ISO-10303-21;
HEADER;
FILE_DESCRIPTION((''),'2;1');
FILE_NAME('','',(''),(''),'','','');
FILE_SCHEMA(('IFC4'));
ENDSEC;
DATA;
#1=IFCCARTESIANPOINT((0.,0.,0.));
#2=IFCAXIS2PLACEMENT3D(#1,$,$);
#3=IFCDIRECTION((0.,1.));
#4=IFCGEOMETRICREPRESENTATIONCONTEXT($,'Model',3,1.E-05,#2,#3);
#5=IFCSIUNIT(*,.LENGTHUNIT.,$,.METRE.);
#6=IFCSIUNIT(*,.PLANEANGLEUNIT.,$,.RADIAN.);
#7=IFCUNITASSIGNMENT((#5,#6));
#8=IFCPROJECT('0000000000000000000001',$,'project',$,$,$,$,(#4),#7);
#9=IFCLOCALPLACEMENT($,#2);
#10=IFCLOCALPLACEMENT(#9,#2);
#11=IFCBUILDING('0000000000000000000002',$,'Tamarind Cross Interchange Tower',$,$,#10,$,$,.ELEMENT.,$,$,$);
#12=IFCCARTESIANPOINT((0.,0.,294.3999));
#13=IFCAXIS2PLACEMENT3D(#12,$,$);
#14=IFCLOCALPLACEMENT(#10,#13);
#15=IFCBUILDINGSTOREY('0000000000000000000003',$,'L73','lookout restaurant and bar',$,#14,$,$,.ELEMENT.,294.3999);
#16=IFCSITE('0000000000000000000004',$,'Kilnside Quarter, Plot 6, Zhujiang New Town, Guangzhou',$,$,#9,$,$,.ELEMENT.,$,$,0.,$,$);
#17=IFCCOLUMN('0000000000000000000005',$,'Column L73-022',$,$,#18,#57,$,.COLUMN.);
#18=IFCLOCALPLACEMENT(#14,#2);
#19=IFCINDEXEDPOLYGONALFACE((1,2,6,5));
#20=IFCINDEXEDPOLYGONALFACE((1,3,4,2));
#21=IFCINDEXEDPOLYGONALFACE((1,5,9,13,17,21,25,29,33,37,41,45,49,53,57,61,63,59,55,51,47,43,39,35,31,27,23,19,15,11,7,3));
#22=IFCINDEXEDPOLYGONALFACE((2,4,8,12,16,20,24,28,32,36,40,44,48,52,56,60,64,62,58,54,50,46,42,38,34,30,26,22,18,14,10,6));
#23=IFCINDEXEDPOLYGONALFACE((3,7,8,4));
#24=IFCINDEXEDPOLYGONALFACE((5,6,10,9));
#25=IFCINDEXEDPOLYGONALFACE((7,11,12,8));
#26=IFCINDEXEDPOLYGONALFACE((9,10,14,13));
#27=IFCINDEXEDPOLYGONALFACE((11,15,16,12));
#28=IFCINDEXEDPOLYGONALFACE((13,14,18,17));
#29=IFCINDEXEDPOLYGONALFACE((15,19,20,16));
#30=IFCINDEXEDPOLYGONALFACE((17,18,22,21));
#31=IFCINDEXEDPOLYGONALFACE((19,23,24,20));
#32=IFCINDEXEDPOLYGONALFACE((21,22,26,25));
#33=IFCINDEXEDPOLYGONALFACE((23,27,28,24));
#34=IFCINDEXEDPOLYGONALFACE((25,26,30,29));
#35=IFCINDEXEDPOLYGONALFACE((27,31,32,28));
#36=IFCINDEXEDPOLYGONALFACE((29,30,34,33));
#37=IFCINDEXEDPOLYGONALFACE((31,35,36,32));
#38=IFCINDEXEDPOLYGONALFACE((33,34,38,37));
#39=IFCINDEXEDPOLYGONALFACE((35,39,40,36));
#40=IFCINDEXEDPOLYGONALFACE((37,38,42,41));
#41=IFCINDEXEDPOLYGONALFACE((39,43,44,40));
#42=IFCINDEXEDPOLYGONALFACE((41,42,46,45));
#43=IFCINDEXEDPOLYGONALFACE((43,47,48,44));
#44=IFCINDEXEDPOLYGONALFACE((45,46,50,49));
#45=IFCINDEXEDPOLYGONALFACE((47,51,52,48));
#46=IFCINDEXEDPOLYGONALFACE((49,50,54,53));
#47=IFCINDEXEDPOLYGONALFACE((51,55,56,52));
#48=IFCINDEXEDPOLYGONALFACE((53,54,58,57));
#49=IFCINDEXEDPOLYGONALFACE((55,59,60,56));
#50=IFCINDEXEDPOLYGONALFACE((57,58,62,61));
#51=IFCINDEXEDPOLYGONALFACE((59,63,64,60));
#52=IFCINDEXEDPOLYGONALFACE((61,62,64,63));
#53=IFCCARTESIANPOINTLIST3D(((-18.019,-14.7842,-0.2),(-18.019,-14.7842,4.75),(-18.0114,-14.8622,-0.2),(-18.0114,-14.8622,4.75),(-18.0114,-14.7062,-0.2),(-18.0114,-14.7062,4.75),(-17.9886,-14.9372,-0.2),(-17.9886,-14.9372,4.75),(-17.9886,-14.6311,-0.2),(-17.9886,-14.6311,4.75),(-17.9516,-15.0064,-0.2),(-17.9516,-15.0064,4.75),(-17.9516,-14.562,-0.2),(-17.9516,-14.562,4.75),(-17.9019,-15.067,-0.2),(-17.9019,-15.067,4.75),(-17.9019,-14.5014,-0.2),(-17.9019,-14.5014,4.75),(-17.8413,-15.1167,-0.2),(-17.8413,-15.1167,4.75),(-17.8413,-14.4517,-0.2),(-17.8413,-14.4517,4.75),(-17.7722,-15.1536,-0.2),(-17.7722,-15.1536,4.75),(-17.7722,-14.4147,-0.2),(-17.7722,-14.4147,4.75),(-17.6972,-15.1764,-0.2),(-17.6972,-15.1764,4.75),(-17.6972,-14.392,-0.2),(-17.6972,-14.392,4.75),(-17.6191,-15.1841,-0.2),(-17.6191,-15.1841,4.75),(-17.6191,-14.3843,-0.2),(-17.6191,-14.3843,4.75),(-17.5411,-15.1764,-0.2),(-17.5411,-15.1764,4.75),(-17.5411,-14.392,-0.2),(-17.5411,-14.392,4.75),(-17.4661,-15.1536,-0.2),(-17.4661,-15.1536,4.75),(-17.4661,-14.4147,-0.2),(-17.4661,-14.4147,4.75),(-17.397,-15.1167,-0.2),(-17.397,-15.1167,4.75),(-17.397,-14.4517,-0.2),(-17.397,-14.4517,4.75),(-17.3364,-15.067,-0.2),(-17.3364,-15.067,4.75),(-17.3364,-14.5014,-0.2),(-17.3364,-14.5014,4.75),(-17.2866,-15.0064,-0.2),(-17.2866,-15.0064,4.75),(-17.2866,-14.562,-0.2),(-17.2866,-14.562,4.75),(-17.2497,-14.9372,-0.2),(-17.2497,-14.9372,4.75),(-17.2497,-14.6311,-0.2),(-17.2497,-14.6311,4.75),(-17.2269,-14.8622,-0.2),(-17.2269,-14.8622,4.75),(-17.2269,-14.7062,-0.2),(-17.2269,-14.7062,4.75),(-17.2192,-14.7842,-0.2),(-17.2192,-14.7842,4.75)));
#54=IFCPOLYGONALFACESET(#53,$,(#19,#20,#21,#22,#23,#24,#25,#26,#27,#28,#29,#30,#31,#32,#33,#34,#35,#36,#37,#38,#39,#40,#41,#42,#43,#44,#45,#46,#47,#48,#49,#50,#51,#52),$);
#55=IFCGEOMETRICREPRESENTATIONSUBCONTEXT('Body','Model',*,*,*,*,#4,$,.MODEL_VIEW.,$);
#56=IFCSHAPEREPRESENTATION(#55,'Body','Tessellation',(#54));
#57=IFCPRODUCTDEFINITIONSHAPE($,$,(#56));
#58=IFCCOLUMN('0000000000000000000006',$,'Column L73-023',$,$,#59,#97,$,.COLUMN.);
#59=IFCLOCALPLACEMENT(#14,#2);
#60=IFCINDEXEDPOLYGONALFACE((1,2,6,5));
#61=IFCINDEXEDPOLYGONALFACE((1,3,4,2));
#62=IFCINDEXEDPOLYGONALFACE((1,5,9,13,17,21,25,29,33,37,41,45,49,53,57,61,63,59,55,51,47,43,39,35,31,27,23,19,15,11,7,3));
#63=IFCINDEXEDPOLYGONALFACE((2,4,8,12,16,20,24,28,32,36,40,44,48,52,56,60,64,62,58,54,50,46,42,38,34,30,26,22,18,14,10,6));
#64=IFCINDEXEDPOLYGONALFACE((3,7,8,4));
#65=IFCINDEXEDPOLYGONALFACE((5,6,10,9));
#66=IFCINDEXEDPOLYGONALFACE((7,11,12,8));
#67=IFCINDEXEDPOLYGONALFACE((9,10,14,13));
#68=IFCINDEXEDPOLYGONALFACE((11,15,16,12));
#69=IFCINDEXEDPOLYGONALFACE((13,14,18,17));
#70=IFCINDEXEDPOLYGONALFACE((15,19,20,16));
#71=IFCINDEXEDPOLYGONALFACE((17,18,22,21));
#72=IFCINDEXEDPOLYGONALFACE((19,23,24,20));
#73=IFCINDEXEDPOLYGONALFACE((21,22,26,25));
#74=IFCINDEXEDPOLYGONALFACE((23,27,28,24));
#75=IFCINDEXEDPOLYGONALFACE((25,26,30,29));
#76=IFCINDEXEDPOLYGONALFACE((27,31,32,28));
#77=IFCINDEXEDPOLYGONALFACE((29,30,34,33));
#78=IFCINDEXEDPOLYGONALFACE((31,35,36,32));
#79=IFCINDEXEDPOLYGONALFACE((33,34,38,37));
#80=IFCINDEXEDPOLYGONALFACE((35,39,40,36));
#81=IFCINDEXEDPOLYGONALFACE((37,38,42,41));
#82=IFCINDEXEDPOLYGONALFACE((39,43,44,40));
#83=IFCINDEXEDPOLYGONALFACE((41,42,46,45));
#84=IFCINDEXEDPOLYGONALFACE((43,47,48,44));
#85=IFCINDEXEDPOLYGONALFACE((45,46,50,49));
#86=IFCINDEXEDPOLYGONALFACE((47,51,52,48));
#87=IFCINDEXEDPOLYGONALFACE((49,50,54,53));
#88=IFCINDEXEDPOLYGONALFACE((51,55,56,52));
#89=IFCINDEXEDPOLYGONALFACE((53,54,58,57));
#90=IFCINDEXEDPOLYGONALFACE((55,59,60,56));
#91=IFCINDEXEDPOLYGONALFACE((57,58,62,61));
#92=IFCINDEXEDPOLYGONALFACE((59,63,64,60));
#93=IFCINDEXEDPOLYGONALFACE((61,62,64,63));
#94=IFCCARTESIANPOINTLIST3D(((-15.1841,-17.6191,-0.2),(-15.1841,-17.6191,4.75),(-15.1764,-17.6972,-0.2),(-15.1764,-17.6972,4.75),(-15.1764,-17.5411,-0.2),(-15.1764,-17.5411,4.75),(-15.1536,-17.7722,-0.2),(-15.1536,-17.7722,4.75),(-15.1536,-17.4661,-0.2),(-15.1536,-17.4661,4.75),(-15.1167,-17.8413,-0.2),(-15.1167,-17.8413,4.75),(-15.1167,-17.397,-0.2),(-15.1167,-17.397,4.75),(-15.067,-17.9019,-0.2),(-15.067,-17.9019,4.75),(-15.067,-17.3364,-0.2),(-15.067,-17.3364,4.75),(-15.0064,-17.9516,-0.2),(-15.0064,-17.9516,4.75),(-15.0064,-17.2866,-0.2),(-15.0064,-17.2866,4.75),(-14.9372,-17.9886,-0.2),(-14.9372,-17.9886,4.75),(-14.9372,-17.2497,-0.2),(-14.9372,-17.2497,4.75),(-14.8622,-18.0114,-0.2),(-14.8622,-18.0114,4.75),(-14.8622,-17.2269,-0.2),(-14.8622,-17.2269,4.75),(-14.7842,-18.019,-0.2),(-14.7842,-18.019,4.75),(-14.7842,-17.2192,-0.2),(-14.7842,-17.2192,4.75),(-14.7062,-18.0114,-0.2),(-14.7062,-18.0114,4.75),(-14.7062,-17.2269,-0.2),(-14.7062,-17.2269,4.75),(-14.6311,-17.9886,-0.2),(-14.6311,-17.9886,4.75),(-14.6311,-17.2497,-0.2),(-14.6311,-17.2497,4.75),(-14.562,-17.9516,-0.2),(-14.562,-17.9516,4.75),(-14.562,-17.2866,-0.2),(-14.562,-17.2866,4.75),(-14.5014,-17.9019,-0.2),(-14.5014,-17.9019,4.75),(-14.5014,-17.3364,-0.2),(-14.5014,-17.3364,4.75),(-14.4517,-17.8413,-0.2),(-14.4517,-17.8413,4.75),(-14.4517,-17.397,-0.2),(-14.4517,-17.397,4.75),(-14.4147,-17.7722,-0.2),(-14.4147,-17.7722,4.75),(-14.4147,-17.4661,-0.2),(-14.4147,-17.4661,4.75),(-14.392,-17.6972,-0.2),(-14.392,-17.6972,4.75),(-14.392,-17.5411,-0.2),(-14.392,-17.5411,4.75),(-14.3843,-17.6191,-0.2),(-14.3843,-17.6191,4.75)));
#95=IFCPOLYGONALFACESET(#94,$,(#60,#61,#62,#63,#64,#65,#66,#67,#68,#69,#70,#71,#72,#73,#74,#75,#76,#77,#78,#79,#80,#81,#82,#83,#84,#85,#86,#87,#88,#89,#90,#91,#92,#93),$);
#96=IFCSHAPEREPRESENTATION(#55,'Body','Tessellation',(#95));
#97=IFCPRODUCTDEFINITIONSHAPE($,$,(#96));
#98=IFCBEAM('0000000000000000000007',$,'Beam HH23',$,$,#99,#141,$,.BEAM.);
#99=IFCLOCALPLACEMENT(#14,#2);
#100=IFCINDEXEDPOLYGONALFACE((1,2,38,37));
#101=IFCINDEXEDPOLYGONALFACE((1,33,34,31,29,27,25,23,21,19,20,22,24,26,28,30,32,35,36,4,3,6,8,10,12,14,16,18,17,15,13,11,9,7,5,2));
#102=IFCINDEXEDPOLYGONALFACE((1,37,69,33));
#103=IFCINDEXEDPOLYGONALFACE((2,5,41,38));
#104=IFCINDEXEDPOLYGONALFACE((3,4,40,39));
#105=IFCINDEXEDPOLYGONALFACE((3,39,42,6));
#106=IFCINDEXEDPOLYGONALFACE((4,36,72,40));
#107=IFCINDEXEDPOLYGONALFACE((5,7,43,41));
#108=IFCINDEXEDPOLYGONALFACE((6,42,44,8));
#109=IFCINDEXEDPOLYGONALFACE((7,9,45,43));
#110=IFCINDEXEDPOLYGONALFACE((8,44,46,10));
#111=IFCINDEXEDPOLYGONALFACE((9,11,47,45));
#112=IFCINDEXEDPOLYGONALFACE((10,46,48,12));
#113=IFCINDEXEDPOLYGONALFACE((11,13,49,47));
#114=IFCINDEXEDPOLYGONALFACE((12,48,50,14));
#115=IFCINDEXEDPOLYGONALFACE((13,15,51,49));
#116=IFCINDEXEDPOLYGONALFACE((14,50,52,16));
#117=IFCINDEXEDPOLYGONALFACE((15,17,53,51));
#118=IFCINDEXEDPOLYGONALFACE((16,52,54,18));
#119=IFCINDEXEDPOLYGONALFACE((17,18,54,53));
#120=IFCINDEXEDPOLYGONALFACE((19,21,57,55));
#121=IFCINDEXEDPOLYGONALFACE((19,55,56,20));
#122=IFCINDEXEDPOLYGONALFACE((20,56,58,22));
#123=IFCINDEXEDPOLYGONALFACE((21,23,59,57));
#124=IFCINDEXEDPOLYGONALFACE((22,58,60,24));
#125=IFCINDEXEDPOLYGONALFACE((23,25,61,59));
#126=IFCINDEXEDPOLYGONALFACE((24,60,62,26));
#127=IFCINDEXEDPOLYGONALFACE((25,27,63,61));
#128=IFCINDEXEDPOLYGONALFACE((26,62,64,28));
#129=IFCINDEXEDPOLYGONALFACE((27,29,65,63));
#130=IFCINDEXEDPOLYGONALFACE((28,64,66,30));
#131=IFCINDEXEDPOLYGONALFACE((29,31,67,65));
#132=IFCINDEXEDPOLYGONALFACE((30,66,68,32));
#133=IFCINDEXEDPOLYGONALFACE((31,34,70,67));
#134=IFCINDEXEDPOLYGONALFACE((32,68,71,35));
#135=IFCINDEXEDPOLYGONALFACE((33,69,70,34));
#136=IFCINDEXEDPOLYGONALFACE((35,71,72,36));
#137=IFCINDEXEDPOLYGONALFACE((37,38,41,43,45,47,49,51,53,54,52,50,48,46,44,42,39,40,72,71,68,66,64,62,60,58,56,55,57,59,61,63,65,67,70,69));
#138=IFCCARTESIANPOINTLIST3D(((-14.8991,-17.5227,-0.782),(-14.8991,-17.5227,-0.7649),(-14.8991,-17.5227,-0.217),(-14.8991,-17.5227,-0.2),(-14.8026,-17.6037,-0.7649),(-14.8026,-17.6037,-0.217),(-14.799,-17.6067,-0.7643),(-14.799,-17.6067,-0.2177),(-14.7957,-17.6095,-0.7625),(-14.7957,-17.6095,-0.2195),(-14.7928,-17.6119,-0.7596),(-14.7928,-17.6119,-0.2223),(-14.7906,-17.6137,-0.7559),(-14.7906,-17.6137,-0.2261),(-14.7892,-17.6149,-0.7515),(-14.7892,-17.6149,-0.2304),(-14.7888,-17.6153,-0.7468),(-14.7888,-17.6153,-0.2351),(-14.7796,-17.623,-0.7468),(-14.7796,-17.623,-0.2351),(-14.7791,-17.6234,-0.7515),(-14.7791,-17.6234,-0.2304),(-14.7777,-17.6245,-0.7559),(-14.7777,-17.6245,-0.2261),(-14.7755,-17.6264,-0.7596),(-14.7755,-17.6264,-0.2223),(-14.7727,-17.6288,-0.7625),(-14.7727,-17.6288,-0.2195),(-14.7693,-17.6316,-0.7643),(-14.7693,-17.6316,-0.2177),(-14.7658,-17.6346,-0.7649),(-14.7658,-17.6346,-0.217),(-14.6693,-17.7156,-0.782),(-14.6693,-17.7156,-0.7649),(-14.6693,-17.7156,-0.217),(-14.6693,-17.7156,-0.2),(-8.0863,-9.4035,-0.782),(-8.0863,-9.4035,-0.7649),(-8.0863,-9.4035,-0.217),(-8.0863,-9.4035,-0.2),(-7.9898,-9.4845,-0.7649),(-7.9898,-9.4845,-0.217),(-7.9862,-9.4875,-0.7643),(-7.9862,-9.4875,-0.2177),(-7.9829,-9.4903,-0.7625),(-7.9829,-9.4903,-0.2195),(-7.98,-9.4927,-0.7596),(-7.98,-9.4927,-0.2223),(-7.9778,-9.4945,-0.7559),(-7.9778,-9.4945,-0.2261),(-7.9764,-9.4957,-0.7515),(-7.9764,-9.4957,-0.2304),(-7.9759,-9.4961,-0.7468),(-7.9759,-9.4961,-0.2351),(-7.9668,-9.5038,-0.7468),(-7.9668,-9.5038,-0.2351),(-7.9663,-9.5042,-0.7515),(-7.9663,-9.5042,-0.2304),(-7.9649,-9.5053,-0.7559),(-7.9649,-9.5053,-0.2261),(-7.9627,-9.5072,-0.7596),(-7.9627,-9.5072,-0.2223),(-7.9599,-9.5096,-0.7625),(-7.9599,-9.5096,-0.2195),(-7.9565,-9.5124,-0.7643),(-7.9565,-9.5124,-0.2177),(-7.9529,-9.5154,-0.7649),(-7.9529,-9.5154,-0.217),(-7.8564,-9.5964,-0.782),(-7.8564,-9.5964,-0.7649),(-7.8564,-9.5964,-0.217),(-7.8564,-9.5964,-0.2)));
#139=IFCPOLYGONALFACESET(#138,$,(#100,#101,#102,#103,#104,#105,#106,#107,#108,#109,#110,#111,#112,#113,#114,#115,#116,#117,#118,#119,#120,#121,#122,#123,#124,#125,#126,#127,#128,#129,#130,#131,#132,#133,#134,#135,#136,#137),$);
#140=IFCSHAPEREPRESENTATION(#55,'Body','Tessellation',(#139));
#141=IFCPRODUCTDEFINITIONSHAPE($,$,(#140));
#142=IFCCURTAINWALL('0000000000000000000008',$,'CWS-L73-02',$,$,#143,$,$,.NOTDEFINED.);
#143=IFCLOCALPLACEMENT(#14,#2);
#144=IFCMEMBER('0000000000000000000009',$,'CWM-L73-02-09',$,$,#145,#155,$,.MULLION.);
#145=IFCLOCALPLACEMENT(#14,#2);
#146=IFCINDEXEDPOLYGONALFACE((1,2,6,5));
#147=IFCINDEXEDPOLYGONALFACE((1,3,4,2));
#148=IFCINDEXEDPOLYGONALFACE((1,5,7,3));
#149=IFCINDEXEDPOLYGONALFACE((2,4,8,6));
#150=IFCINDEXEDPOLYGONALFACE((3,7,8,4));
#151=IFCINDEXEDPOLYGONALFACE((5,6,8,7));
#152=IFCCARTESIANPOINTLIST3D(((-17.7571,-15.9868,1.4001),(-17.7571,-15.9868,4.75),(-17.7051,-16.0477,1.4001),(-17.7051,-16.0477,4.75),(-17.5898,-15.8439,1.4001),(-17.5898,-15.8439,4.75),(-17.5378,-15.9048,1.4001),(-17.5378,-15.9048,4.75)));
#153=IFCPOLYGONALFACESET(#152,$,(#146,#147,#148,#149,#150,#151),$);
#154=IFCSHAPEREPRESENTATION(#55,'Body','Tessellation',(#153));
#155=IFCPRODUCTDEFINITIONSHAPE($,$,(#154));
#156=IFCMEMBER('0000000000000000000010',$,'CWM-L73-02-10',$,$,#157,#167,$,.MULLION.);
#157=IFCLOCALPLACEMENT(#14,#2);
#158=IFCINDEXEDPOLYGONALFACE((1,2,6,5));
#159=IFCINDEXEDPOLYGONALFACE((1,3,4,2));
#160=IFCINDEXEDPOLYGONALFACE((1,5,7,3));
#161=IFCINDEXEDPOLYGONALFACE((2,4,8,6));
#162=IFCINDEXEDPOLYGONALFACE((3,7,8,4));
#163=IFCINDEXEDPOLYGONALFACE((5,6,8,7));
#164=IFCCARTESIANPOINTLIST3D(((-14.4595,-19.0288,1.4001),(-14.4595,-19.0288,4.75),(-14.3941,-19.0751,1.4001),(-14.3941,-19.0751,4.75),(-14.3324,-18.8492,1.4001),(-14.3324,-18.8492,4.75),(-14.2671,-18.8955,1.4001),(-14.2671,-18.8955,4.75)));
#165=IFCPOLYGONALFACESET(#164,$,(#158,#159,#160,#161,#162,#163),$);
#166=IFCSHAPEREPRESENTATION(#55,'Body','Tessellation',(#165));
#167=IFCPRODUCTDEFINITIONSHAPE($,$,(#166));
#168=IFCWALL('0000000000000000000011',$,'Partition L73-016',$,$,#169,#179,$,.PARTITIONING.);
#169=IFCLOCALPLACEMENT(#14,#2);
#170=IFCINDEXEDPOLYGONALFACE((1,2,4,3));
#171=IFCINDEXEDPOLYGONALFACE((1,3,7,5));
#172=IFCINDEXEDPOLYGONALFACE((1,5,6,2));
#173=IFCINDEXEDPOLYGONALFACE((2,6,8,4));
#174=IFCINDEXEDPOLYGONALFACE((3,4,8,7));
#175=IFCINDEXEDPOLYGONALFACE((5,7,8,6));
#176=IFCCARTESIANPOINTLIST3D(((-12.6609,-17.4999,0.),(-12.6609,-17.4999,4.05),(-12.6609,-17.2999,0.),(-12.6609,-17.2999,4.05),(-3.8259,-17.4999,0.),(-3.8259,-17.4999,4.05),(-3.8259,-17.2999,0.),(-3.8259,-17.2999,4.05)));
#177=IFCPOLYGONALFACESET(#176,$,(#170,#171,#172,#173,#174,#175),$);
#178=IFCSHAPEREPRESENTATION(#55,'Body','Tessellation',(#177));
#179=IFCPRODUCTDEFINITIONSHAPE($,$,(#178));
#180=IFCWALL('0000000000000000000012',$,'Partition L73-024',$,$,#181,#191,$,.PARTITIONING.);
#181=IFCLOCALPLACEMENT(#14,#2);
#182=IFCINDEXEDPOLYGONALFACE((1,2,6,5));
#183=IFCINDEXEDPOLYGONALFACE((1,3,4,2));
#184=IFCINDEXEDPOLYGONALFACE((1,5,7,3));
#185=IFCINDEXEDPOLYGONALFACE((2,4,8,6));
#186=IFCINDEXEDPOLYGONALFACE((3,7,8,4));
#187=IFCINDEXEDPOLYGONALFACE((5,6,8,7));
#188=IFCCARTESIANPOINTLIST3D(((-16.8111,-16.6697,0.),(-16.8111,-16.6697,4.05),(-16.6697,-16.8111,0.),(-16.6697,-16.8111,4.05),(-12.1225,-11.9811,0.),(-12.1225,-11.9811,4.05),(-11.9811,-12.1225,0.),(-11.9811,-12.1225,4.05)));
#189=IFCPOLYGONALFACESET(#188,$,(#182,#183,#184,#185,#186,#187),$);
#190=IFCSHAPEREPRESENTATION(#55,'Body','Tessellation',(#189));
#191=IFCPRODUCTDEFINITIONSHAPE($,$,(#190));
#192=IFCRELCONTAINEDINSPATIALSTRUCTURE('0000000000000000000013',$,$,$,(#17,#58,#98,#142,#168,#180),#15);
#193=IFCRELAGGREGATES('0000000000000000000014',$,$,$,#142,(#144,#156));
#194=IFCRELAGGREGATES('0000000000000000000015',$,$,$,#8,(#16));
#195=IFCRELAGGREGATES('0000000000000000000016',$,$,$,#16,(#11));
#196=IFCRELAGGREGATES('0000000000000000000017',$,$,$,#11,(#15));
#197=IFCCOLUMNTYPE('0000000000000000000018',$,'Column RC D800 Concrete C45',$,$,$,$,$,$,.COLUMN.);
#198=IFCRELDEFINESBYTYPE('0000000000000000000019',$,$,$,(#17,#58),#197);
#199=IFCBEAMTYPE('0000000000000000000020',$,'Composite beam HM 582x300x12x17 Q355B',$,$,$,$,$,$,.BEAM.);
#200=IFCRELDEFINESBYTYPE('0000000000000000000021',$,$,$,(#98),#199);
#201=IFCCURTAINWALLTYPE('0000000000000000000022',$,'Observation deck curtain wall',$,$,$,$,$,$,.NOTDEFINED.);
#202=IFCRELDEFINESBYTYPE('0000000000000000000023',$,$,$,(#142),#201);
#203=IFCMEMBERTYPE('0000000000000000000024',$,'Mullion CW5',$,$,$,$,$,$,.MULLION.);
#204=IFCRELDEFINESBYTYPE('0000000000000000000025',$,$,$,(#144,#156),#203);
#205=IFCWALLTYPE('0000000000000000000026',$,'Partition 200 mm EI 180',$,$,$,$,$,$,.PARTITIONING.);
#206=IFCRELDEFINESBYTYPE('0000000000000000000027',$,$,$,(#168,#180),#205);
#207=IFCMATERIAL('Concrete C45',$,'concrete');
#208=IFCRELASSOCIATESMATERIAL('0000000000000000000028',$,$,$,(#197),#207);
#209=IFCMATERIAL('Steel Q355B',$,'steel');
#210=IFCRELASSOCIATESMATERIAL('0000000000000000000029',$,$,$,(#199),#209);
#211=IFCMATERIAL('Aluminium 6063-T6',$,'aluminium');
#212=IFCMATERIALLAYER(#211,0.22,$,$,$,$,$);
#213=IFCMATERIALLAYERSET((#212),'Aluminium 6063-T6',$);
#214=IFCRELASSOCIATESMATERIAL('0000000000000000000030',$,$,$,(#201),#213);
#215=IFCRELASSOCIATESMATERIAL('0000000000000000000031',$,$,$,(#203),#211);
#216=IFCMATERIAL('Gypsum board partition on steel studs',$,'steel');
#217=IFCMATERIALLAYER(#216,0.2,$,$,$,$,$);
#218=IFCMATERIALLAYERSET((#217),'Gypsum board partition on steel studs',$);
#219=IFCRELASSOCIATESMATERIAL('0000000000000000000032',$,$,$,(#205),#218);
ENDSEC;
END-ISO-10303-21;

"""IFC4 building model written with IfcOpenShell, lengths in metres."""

from ifc_helpers import new_model, si_unit, direction, frame, frame_2d, origin, origin_2d, place, context, subcontext, project, spatial, rectangle, circle, i_section, extrude, material, layer, layer_set, material_profile, profile_set, type_object, element, aggregate, save


model = new_model("IFC4")

# Units and contexts
model_context = context("Model", 3, precision=1e-05, world=origin(), true_north=direction((0.0, 1.0)))
body_context = subcontext(model_context, "Body", "Model", "MODEL_VIEW")
ifc_project = project(units=[si_unit("LENGTHUNIT", "METRE"), si_unit("PLANEANGLEUNIT", "RADIAN")], contexts=[model_context])

# Site, building, storey
site_placement = place(None, origin())
site = spatial("IfcSite", under=ifc_project, at=site_placement, Name="Kilnside Quarter, Plot 6, Zhujiang New Town, Guangzhou", CompositionType="ELEMENT", RefElevation=0.0)
building_placement = place(site_placement, origin())
building = spatial("IfcBuilding", under=site, at=building_placement, Name="Tamarind Cross Interchange Tower", CompositionType="ELEMENT")
storey_placement = place(building_placement, frame((0.0, 0.0, 294.3999)))
storey = spatial("IfcBuildingStorey", under=building, at=storey_placement, Name="L73", Description="lookout restaurant and bar", CompositionType="ELEMENT", Elevation=294.3999)

# Columns
ifc_material_1 = material(Name="Concrete C45", Category="concrete")
ifc_material_profile_1 = material_profile(ifc_material_1, circle(Radius=0.3999, at=origin_2d()), Name="RC D800")
ifc_profile_set_1 = profile_set([ifc_material_profile_1], Name="Concrete C45")
column_type = type_object("IfcColumnType", Name="Column RC D800 Concrete C45", PredefinedType="COLUMN", material=ifc_profile_set_1)
for number, where, z_axis, x_axis, name in (
    (1, (-17.6191, -14.7842, -0.2), (0.0, 0.0, 1.0), (1.0, 0.0, 0.0), "Column L73-022"),
    (2, (-14.7842, -17.6191, -0.2), (0.0, 0.0, 1.0), (1.0, 0.0, 0.0), "Column L73-023"),
):
    element("IfcColumn", number, at=place(storey_placement, frame(where, z_axis=z_axis, x_axis=x_axis)), inside=storey, type_object=column_type, Name=name, PredefinedType="COLUMN", context=body_context, shape_type="SweptSolid", body=[
        extrude(circle(Radius=0.3999, at=origin_2d()), origin(), (0.0, 0.0, 1.0), 4.95),
    ])

# Beam
ifc_material_2 = material(Name="Steel Q355B", Category="steel")
ifc_material_profile_2 = material_profile(ifc_material_2, i_section(OverallWidth=0.3, OverallDepth=0.582, WebThickness=0.012, FlangeThickness=0.0171, FilletRadius=0.0181, at=origin_2d()), Name="HM 582x300x12x17")
ifc_profile_set_2 = profile_set([ifc_material_profile_2], Name="Steel Q355B")
beam_type = type_object("IfcBeamType", Name="Composite beam HM 582x300x12x17 Q355B", PredefinedType="BEAM", material=ifc_profile_set_2)
beam_placement = place(storey_placement, frame((-14.7842, -17.6191, -0.491), z_axis=(0.642786, 0.766046, 0.0), x_axis=(-0.766046, 0.642786, 0.0)))
element("IfcBeam", 3, at=beam_placement, inside=storey, type_object=beam_type, Name="Beam HH23", PredefinedType="BEAM", context=body_context, shape_type="SweptSolid", body=[
    extrude(i_section(OverallWidth=0.3, OverallDepth=0.582, WebThickness=0.012, FlangeThickness=0.0171, FilletRadius=0.0181, at=origin_2d()), origin(), (0.0, 0.0, 1.0), 10.5989),
])

# Curtain wall, members
ifc_material_3 = material(Name="Aluminium 6063-T6", Category="aluminium")
ifc_layer_1 = layer(ifc_material_3, 0.22)
ifc_layer_set_1 = layer_set([ifc_layer_1], Name="Aluminium 6063-T6")
curtain_wall_type = type_object("IfcCurtainWallType", Name="Observation deck curtain wall", PredefinedType="NOTDEFINED", material=ifc_layer_set_1)
curtain_wall_placement = place(storey_placement, origin())
curtain_wall = element("IfcCurtainWall", 4, at=curtain_wall_placement, inside=storey, type_object=curtain_wall_type, Name="CWS-L73-02", PredefinedType="NOTDEFINED")
ifc_material_profile_3 = material_profile(ifc_material_3, rectangle(XDim=0.0801, YDim=0.22, at=origin_2d()), Name="Mullion CW5")
ifc_profile_set_3 = profile_set([ifc_material_profile_3], Name="Aluminium 6063-T6")
member_type = type_object("IfcMemberType", Name="Mullion CW5", PredefinedType="MULLION", material=ifc_profile_set_3)
member_1_placement = place(storey_placement, frame((-17.6475, -15.9458, 1.4001), z_axis=(0.0, 0.0, 1.0), x_axis=(0.649577, -0.760296, 0.0)))
member_1 = element("IfcMember", 5, at=member_1_placement, type_object=member_type, Name="CWM-L73-02-09", PredefinedType="MULLION", context=body_context, shape_type="SweptSolid", body=[
    extrude(rectangle(XDim=0.0801, YDim=0.22, at=origin_2d()), origin(), (0.0, 0.0, 1.0), 3.3499),
])
member_2_placement = place(storey_placement, frame((-14.3633, -18.9622, 1.4001), z_axis=(0.0, 0.0, 1.0), x_axis=(0.816342, -0.577569, 0.0)))
member_2 = element("IfcMember", 6, at=member_2_placement, type_object=member_type, Name="CWM-L73-02-10", PredefinedType="MULLION", context=body_context, shape_type="SweptSolid", body=[
    extrude(rectangle(XDim=0.0801, YDim=0.22, at=origin_2d()), origin(), (0.0, 0.0, 1.0), 3.3499),
])
aggregate(curtain_wall, [member_1, member_2])

# Walls
ifc_material_4 = material(Name="Gypsum board partition on steel studs", Category="steel")
ifc_layer_2 = layer(ifc_material_4, 0.2)
ifc_layer_set_2 = layer_set([ifc_layer_2], Name="Gypsum board partition on steel studs")
wall_type = type_object("IfcWallType", Name="Partition 200 mm EI 180", PredefinedType="PARTITIONING", material=ifc_layer_set_2)
wall_1_placement = place(storey_placement, frame((-12.6609, -17.3999, 0.0), z_axis=(0.0, 0.0, 1.0), x_axis=(1.0, 0.0, 0.0)))
element("IfcWall", 7, at=wall_1_placement, inside=storey, type_object=wall_type, Name="Partition L73-016", PredefinedType="PARTITIONING", context=body_context, shape_type="SweptSolid", body=[
    extrude(rectangle(XDim=8.835, YDim=0.2, at=frame_2d((4.4175, 0.0))), origin(), (0.0, 0.0, 1.0), 4.05),
])
wall_2_placement = place(storey_placement, frame((-16.7405, -16.7405, 0.0), z_axis=(0.0, 0.0, 1.0), x_axis=(0.707107, 0.707107, 0.0)))
element("IfcWall", 8, at=wall_2_placement, inside=storey, type_object=wall_type, Name="Partition L73-024", PredefinedType="PARTITIONING", context=body_context, shape_type="SweptSolid", body=[
    extrude(rectangle(XDim=6.6306, YDim=0.2, at=frame_2d((3.3154, 0.0))), origin(), (0.0, 0.0, 1.0), 4.05),
])

save(model, "model.ifc")
